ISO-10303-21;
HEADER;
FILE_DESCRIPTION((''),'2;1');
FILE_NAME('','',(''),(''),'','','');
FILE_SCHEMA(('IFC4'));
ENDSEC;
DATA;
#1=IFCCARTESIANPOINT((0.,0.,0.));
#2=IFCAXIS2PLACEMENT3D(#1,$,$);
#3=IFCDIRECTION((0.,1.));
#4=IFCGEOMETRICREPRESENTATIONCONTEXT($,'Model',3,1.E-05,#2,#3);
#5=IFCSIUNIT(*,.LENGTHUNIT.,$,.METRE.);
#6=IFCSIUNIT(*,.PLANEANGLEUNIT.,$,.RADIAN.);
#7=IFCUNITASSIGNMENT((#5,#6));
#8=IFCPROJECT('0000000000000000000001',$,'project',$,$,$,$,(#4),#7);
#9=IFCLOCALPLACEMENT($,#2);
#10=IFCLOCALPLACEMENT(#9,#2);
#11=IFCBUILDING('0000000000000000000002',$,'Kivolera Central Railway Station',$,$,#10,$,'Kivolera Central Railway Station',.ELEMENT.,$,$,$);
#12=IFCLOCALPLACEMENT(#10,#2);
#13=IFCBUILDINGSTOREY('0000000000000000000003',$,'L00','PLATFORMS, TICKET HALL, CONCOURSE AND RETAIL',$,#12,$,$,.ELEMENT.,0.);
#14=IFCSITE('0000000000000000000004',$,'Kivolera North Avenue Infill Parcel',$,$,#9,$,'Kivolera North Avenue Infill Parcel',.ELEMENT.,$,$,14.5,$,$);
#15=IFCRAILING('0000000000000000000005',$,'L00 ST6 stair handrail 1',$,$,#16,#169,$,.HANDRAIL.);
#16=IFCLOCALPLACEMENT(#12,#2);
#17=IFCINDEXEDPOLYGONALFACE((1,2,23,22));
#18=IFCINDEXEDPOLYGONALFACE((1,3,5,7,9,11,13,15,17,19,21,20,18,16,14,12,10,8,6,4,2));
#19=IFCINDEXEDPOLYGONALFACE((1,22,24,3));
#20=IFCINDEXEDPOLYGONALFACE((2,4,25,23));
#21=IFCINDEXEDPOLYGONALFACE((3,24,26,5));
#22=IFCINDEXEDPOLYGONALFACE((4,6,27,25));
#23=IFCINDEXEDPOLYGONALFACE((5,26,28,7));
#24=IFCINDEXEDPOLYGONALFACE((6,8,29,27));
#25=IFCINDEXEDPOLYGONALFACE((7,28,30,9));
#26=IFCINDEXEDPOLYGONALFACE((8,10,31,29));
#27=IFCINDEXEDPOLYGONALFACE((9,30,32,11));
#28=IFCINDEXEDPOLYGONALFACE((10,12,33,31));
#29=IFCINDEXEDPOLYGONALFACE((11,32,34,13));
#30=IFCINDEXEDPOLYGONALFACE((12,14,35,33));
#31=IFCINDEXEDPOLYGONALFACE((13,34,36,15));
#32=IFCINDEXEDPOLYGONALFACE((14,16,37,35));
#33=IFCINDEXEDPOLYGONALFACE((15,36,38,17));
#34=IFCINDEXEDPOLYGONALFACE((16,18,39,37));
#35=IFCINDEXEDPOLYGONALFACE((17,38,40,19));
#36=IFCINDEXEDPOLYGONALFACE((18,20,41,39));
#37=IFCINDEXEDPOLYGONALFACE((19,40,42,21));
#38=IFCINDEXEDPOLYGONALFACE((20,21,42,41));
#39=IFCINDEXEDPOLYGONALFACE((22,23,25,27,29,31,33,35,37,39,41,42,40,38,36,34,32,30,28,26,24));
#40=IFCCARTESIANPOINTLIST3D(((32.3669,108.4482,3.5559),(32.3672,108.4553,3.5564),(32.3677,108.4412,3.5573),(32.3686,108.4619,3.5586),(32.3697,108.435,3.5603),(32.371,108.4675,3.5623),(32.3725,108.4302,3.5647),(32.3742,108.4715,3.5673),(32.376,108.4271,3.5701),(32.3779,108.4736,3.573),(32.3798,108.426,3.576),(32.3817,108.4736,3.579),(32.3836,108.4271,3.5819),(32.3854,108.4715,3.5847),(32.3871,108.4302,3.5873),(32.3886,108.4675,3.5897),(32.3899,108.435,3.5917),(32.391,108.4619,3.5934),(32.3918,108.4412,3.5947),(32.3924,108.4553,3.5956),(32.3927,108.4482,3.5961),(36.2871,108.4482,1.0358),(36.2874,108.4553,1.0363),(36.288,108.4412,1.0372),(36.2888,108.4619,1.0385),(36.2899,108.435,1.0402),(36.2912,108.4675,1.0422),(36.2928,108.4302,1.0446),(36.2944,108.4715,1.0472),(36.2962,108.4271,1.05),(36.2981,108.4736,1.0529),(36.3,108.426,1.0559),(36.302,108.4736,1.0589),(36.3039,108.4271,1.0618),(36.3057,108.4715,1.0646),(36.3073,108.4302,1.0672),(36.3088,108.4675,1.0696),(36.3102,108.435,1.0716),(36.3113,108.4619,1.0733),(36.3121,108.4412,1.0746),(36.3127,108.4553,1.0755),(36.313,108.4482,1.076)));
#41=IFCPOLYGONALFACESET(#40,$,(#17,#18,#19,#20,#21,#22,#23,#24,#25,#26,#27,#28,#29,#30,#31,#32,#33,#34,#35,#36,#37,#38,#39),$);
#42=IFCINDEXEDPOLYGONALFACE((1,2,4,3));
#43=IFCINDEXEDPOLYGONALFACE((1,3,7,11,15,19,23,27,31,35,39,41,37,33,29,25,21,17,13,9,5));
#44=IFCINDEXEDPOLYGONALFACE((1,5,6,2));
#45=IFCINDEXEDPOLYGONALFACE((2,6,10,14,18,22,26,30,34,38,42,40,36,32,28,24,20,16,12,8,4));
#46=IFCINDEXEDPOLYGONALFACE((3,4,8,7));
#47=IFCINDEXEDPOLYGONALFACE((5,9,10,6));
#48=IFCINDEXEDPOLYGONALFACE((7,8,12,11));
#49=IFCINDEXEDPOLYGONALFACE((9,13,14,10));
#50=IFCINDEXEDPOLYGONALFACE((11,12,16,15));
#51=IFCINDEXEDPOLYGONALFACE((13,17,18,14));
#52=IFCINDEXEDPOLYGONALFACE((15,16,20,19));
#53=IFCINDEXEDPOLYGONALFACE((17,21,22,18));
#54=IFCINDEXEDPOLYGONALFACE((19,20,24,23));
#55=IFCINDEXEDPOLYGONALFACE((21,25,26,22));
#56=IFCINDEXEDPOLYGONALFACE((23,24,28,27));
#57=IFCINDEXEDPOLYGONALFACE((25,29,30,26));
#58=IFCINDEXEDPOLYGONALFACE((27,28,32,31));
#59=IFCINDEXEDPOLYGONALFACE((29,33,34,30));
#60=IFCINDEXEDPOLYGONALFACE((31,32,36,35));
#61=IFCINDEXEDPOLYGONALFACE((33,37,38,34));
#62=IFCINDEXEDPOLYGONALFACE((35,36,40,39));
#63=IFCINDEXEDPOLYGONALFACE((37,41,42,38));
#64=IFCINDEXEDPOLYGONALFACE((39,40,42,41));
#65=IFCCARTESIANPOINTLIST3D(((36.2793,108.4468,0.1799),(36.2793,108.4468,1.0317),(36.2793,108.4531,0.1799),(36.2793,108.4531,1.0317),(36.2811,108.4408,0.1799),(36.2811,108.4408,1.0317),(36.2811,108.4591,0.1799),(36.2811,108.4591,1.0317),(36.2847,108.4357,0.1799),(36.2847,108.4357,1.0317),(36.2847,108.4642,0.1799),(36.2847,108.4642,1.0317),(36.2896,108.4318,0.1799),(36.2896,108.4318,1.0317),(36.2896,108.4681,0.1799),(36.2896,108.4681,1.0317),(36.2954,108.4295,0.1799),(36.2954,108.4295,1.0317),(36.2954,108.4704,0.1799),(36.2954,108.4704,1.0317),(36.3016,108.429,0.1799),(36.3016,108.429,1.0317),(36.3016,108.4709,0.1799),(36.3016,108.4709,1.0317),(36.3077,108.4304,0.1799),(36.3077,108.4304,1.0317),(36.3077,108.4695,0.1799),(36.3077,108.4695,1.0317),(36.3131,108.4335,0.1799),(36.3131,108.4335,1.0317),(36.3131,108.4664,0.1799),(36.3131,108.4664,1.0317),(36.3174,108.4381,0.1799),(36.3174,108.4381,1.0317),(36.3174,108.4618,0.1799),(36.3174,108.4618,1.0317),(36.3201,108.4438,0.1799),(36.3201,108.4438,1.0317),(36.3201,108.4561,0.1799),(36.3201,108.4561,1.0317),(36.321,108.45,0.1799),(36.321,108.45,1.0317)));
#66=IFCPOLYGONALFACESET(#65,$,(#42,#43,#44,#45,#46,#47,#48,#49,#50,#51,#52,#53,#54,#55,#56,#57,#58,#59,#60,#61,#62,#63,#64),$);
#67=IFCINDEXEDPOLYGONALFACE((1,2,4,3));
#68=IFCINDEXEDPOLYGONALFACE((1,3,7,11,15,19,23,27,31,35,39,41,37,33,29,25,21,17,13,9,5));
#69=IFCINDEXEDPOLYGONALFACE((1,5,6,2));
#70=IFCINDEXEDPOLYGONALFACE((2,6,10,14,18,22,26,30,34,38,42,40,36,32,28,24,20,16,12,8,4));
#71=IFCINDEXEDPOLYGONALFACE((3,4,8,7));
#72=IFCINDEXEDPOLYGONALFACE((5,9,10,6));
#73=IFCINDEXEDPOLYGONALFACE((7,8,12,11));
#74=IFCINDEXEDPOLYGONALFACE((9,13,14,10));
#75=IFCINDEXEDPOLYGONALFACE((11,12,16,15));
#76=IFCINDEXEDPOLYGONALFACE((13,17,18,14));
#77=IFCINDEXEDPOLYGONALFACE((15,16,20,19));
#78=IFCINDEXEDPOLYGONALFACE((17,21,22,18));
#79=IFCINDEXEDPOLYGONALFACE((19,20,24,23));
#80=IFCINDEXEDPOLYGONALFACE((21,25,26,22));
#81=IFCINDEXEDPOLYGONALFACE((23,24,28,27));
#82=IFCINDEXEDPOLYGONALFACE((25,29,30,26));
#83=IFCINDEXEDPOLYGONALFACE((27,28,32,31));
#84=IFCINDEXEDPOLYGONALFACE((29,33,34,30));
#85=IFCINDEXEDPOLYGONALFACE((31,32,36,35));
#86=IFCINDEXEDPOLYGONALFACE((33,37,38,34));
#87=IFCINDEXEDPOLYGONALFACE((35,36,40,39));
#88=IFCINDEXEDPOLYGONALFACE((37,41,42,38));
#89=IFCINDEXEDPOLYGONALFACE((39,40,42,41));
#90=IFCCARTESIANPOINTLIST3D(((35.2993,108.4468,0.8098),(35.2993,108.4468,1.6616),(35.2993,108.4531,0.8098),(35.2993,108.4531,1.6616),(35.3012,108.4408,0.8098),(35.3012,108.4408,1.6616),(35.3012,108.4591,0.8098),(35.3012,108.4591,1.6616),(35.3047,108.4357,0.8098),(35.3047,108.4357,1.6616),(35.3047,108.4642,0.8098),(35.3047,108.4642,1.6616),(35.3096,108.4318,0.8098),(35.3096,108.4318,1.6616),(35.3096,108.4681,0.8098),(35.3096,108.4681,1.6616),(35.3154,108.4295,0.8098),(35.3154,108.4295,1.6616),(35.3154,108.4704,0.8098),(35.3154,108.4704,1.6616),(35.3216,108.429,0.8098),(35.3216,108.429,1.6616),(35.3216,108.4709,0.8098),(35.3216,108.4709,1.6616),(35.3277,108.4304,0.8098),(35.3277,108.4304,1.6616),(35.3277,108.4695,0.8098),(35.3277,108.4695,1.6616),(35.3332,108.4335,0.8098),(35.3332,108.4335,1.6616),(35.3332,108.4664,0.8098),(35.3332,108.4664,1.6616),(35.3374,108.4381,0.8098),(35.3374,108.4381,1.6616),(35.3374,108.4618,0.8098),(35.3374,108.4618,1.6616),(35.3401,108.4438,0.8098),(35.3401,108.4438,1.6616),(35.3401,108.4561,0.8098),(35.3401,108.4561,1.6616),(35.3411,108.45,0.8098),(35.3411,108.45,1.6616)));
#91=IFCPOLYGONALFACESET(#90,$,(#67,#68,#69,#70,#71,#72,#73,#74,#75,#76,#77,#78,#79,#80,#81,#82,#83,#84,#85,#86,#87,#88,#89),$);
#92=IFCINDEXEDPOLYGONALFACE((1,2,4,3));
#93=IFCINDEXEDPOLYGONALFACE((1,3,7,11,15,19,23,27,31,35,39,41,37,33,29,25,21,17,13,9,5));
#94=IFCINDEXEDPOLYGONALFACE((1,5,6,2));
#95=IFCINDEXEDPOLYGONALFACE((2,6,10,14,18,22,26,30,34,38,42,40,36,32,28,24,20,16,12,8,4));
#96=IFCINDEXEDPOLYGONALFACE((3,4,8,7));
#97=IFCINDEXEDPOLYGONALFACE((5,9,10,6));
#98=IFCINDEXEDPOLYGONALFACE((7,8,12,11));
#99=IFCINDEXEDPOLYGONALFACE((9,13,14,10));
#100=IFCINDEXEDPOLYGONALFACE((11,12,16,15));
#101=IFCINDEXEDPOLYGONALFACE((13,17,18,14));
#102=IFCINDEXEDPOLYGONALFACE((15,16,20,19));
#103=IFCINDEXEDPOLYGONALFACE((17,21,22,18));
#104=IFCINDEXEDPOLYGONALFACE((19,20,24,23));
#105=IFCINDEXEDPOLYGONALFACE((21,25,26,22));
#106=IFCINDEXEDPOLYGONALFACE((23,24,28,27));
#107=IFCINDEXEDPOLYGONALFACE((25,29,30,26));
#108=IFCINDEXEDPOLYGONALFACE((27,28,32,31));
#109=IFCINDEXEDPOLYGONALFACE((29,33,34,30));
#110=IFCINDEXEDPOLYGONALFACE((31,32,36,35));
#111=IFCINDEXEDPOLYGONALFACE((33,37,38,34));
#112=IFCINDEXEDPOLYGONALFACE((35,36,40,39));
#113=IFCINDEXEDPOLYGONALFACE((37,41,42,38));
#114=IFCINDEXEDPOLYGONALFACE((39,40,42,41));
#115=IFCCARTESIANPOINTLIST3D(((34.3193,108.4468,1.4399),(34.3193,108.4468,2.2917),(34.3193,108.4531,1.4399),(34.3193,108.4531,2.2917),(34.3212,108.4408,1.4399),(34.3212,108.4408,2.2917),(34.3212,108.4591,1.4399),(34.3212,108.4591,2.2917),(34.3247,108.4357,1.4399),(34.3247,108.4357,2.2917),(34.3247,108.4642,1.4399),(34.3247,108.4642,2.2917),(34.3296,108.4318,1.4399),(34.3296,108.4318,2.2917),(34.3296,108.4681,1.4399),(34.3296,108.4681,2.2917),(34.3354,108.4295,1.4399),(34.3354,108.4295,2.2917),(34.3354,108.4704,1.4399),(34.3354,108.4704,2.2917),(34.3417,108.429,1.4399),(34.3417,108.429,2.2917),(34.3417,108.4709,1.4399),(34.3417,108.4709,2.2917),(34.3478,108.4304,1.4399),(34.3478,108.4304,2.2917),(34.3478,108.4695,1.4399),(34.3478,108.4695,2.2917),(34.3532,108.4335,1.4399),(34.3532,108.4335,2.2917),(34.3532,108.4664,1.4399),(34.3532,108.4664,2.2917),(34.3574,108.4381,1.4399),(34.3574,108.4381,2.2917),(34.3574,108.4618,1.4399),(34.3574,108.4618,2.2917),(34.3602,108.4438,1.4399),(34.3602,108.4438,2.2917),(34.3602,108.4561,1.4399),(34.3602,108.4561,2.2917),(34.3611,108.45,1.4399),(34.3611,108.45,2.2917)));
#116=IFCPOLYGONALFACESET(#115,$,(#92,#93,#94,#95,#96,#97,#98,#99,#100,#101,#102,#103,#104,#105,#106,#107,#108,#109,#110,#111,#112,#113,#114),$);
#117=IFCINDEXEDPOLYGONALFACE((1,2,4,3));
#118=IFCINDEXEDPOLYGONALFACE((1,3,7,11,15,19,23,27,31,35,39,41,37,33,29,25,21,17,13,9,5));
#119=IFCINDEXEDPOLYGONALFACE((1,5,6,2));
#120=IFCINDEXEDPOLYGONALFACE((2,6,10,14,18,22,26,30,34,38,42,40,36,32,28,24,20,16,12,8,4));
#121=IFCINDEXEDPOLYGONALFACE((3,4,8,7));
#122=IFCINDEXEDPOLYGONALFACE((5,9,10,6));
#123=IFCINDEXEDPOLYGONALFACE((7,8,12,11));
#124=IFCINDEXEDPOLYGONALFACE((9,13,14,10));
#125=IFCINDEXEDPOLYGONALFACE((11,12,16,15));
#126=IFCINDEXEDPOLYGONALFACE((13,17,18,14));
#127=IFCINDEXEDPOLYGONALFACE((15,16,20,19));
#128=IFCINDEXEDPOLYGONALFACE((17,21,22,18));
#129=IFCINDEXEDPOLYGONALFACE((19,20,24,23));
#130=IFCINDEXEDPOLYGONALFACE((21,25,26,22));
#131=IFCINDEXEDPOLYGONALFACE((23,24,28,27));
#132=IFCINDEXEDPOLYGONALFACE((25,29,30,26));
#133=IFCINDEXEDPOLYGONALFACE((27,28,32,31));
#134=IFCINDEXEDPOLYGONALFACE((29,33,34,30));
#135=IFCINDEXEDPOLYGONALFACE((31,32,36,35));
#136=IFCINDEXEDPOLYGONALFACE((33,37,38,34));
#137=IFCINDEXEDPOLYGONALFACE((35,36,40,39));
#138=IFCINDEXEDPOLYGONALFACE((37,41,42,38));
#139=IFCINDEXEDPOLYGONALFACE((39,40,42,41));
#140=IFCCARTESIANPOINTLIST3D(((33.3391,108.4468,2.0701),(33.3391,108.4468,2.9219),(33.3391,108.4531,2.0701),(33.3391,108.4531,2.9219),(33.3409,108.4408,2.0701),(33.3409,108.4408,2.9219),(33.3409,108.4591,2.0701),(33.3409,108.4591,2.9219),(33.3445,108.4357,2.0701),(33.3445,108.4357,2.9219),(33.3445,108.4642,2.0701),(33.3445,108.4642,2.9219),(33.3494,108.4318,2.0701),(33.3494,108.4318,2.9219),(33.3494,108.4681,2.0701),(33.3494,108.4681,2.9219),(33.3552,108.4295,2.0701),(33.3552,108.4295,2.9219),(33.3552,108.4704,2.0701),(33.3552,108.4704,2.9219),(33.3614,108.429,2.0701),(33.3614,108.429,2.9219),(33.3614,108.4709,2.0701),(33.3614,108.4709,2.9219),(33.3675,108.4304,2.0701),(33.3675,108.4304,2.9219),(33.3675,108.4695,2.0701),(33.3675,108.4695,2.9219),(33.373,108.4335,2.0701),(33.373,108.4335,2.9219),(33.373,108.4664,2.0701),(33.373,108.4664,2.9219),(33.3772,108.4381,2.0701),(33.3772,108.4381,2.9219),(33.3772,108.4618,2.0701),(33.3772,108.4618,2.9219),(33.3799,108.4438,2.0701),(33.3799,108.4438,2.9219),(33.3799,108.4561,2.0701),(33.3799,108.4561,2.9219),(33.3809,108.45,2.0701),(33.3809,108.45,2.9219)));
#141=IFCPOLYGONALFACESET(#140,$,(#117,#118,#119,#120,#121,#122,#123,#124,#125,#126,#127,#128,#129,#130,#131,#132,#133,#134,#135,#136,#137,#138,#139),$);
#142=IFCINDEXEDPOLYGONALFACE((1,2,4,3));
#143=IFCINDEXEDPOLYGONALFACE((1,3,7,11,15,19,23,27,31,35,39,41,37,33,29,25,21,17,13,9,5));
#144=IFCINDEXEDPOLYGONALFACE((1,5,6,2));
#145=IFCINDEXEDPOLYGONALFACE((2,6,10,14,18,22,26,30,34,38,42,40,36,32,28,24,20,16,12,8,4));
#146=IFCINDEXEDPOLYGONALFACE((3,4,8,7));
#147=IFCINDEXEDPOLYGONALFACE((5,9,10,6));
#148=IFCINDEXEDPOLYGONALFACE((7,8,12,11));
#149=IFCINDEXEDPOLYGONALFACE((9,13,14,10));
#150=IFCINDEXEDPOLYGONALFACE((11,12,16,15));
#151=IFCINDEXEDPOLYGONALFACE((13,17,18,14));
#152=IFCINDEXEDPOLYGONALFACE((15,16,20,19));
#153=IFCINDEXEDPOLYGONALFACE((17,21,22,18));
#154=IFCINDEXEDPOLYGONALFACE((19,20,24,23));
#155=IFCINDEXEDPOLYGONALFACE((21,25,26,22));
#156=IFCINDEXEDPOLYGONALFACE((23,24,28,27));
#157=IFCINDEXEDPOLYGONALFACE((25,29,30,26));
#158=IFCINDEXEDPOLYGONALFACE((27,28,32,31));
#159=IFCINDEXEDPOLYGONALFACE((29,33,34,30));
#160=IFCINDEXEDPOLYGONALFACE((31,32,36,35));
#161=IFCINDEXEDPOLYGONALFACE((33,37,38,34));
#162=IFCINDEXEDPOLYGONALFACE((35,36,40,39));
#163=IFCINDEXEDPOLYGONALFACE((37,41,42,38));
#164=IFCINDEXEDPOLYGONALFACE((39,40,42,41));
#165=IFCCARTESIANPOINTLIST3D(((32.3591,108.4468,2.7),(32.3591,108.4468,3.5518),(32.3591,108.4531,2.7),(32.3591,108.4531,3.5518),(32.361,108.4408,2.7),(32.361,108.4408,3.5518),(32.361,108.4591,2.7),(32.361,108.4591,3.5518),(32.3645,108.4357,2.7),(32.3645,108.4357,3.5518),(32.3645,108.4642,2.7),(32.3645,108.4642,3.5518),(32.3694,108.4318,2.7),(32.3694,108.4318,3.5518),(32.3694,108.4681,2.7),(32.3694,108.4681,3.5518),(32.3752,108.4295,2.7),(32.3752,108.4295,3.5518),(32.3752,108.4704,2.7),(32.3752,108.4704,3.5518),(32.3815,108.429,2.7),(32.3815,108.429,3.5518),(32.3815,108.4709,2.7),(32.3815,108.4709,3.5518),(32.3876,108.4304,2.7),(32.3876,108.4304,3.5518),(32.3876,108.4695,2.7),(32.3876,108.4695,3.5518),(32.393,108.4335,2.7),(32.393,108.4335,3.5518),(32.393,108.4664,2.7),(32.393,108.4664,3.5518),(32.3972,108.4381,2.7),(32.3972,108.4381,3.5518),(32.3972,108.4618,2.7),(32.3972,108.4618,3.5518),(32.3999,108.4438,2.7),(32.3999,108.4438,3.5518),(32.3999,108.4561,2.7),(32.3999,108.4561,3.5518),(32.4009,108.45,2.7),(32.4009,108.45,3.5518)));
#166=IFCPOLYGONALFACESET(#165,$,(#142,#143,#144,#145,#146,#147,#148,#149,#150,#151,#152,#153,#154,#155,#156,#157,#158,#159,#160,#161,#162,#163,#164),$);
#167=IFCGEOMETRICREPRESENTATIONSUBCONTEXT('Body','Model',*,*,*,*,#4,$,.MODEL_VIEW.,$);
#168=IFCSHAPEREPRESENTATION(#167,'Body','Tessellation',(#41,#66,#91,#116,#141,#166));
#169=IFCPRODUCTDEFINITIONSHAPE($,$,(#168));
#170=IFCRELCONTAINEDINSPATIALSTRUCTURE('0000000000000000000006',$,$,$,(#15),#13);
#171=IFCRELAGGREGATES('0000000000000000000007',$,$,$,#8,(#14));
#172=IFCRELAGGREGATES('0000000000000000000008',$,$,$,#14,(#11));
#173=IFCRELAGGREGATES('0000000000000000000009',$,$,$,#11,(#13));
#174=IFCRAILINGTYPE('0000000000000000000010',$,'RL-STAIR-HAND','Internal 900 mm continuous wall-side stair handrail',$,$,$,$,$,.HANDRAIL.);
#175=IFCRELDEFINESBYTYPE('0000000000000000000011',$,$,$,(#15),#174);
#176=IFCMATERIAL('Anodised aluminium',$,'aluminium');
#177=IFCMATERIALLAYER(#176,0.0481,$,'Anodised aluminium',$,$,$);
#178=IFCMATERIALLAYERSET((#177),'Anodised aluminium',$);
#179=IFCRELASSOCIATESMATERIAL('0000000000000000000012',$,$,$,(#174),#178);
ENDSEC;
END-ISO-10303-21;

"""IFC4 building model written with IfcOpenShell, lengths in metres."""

from ifc_helpers import new_model, si_unit, direction, frame, origin, origin_2d, place, context, subcontext, project, spatial, circle, extrude, material, layer, layer_set, type_object, element, save


model = new_model("IFC4")

# Units and contexts
model_context = context("Model", 3, precision=1e-05, world=origin(), true_north=direction((0.0, 1.0)))
body_context = subcontext(model_context, "Body", "Model", "MODEL_VIEW")
ifc_project = project(units=[si_unit("LENGTHUNIT", "METRE"), si_unit("PLANEANGLEUNIT", "RADIAN")], contexts=[model_context])

# Site, building, storey
site_placement = place(None, origin())
site = spatial("IfcSite", under=ifc_project, at=site_placement, Name="Kivolera North Avenue Infill Parcel", LongName="Kivolera North Avenue Infill Parcel", CompositionType="ELEMENT", RefElevation=14.5)
building_placement = place(site_placement, origin())
building = spatial("IfcBuilding", under=site, at=building_placement, Name="Kivolera Central Railway Station", LongName="Kivolera Central Railway Station", CompositionType="ELEMENT")
storey_placement = place(building_placement, origin())
storey = spatial("IfcBuildingStorey", under=building, at=storey_placement, Name="L00", Description="PLATFORMS, TICKET HALL, CONCOURSE AND RETAIL", CompositionType="ELEMENT", Elevation=0.0)

# Railing
ifc_material_1 = material(Name="Anodised aluminium", Category="aluminium")
ifc_layer_1 = layer(ifc_material_1, 0.0481, Name="Anodised aluminium")
ifc_layer_set_1 = layer_set([ifc_layer_1], Name="Anodised aluminium")
railing_type_1 = type_object("IfcRailingType", Name="RL-STAIR-HAND", Description="Internal 900 mm continuous wall-side stair handrail", PredefinedType="HANDRAIL", material=ifc_layer_set_1)
railing_1_placement = place(storey_placement, frame((36.3, 108.45, 0.1799)))
element("IfcRailing", 1, at=railing_1_placement, inside=storey, type_object=railing_type_1, Name="L00 ST6 stair handrail 1", PredefinedType="HANDRAIL", context=body_context, shape_type="SweptSolid", body=[
    extrude(circle(Radius=0.0239, at=origin_2d()), frame((0.0, 0.0, 0.876), z_axis=(-0.841187, 0.0, 0.540744), x_axis=(0.0, -1.0, 0.0)), (0.0, 0.0, 1.0), 4.6604),
    extrude(circle(Radius=0.021, at=origin_2d()), origin(), (0.0, 0.0, 1.0), 0.8518),
    extrude(circle(Radius=0.021, at=origin_2d()), frame((-0.98, 0.0, 0.6299)), (0.0, 0.0, 1.0), 0.8518),
    extrude(circle(Radius=0.021, at=origin_2d()), frame((-1.96, 0.0, 1.26)), (0.0, 0.0, 1.0), 0.8518),
    extrude(circle(Radius=0.021, at=origin_2d()), frame((-2.9402, 0.0, 1.8901)), (0.0, 0.0, 1.0), 0.8518),
    extrude(circle(Radius=0.021, at=origin_2d()), frame((-3.9202, 0.0, 2.52)), (0.0, 0.0, 1.0), 0.8518),
])

save(model, "model.ifc")
